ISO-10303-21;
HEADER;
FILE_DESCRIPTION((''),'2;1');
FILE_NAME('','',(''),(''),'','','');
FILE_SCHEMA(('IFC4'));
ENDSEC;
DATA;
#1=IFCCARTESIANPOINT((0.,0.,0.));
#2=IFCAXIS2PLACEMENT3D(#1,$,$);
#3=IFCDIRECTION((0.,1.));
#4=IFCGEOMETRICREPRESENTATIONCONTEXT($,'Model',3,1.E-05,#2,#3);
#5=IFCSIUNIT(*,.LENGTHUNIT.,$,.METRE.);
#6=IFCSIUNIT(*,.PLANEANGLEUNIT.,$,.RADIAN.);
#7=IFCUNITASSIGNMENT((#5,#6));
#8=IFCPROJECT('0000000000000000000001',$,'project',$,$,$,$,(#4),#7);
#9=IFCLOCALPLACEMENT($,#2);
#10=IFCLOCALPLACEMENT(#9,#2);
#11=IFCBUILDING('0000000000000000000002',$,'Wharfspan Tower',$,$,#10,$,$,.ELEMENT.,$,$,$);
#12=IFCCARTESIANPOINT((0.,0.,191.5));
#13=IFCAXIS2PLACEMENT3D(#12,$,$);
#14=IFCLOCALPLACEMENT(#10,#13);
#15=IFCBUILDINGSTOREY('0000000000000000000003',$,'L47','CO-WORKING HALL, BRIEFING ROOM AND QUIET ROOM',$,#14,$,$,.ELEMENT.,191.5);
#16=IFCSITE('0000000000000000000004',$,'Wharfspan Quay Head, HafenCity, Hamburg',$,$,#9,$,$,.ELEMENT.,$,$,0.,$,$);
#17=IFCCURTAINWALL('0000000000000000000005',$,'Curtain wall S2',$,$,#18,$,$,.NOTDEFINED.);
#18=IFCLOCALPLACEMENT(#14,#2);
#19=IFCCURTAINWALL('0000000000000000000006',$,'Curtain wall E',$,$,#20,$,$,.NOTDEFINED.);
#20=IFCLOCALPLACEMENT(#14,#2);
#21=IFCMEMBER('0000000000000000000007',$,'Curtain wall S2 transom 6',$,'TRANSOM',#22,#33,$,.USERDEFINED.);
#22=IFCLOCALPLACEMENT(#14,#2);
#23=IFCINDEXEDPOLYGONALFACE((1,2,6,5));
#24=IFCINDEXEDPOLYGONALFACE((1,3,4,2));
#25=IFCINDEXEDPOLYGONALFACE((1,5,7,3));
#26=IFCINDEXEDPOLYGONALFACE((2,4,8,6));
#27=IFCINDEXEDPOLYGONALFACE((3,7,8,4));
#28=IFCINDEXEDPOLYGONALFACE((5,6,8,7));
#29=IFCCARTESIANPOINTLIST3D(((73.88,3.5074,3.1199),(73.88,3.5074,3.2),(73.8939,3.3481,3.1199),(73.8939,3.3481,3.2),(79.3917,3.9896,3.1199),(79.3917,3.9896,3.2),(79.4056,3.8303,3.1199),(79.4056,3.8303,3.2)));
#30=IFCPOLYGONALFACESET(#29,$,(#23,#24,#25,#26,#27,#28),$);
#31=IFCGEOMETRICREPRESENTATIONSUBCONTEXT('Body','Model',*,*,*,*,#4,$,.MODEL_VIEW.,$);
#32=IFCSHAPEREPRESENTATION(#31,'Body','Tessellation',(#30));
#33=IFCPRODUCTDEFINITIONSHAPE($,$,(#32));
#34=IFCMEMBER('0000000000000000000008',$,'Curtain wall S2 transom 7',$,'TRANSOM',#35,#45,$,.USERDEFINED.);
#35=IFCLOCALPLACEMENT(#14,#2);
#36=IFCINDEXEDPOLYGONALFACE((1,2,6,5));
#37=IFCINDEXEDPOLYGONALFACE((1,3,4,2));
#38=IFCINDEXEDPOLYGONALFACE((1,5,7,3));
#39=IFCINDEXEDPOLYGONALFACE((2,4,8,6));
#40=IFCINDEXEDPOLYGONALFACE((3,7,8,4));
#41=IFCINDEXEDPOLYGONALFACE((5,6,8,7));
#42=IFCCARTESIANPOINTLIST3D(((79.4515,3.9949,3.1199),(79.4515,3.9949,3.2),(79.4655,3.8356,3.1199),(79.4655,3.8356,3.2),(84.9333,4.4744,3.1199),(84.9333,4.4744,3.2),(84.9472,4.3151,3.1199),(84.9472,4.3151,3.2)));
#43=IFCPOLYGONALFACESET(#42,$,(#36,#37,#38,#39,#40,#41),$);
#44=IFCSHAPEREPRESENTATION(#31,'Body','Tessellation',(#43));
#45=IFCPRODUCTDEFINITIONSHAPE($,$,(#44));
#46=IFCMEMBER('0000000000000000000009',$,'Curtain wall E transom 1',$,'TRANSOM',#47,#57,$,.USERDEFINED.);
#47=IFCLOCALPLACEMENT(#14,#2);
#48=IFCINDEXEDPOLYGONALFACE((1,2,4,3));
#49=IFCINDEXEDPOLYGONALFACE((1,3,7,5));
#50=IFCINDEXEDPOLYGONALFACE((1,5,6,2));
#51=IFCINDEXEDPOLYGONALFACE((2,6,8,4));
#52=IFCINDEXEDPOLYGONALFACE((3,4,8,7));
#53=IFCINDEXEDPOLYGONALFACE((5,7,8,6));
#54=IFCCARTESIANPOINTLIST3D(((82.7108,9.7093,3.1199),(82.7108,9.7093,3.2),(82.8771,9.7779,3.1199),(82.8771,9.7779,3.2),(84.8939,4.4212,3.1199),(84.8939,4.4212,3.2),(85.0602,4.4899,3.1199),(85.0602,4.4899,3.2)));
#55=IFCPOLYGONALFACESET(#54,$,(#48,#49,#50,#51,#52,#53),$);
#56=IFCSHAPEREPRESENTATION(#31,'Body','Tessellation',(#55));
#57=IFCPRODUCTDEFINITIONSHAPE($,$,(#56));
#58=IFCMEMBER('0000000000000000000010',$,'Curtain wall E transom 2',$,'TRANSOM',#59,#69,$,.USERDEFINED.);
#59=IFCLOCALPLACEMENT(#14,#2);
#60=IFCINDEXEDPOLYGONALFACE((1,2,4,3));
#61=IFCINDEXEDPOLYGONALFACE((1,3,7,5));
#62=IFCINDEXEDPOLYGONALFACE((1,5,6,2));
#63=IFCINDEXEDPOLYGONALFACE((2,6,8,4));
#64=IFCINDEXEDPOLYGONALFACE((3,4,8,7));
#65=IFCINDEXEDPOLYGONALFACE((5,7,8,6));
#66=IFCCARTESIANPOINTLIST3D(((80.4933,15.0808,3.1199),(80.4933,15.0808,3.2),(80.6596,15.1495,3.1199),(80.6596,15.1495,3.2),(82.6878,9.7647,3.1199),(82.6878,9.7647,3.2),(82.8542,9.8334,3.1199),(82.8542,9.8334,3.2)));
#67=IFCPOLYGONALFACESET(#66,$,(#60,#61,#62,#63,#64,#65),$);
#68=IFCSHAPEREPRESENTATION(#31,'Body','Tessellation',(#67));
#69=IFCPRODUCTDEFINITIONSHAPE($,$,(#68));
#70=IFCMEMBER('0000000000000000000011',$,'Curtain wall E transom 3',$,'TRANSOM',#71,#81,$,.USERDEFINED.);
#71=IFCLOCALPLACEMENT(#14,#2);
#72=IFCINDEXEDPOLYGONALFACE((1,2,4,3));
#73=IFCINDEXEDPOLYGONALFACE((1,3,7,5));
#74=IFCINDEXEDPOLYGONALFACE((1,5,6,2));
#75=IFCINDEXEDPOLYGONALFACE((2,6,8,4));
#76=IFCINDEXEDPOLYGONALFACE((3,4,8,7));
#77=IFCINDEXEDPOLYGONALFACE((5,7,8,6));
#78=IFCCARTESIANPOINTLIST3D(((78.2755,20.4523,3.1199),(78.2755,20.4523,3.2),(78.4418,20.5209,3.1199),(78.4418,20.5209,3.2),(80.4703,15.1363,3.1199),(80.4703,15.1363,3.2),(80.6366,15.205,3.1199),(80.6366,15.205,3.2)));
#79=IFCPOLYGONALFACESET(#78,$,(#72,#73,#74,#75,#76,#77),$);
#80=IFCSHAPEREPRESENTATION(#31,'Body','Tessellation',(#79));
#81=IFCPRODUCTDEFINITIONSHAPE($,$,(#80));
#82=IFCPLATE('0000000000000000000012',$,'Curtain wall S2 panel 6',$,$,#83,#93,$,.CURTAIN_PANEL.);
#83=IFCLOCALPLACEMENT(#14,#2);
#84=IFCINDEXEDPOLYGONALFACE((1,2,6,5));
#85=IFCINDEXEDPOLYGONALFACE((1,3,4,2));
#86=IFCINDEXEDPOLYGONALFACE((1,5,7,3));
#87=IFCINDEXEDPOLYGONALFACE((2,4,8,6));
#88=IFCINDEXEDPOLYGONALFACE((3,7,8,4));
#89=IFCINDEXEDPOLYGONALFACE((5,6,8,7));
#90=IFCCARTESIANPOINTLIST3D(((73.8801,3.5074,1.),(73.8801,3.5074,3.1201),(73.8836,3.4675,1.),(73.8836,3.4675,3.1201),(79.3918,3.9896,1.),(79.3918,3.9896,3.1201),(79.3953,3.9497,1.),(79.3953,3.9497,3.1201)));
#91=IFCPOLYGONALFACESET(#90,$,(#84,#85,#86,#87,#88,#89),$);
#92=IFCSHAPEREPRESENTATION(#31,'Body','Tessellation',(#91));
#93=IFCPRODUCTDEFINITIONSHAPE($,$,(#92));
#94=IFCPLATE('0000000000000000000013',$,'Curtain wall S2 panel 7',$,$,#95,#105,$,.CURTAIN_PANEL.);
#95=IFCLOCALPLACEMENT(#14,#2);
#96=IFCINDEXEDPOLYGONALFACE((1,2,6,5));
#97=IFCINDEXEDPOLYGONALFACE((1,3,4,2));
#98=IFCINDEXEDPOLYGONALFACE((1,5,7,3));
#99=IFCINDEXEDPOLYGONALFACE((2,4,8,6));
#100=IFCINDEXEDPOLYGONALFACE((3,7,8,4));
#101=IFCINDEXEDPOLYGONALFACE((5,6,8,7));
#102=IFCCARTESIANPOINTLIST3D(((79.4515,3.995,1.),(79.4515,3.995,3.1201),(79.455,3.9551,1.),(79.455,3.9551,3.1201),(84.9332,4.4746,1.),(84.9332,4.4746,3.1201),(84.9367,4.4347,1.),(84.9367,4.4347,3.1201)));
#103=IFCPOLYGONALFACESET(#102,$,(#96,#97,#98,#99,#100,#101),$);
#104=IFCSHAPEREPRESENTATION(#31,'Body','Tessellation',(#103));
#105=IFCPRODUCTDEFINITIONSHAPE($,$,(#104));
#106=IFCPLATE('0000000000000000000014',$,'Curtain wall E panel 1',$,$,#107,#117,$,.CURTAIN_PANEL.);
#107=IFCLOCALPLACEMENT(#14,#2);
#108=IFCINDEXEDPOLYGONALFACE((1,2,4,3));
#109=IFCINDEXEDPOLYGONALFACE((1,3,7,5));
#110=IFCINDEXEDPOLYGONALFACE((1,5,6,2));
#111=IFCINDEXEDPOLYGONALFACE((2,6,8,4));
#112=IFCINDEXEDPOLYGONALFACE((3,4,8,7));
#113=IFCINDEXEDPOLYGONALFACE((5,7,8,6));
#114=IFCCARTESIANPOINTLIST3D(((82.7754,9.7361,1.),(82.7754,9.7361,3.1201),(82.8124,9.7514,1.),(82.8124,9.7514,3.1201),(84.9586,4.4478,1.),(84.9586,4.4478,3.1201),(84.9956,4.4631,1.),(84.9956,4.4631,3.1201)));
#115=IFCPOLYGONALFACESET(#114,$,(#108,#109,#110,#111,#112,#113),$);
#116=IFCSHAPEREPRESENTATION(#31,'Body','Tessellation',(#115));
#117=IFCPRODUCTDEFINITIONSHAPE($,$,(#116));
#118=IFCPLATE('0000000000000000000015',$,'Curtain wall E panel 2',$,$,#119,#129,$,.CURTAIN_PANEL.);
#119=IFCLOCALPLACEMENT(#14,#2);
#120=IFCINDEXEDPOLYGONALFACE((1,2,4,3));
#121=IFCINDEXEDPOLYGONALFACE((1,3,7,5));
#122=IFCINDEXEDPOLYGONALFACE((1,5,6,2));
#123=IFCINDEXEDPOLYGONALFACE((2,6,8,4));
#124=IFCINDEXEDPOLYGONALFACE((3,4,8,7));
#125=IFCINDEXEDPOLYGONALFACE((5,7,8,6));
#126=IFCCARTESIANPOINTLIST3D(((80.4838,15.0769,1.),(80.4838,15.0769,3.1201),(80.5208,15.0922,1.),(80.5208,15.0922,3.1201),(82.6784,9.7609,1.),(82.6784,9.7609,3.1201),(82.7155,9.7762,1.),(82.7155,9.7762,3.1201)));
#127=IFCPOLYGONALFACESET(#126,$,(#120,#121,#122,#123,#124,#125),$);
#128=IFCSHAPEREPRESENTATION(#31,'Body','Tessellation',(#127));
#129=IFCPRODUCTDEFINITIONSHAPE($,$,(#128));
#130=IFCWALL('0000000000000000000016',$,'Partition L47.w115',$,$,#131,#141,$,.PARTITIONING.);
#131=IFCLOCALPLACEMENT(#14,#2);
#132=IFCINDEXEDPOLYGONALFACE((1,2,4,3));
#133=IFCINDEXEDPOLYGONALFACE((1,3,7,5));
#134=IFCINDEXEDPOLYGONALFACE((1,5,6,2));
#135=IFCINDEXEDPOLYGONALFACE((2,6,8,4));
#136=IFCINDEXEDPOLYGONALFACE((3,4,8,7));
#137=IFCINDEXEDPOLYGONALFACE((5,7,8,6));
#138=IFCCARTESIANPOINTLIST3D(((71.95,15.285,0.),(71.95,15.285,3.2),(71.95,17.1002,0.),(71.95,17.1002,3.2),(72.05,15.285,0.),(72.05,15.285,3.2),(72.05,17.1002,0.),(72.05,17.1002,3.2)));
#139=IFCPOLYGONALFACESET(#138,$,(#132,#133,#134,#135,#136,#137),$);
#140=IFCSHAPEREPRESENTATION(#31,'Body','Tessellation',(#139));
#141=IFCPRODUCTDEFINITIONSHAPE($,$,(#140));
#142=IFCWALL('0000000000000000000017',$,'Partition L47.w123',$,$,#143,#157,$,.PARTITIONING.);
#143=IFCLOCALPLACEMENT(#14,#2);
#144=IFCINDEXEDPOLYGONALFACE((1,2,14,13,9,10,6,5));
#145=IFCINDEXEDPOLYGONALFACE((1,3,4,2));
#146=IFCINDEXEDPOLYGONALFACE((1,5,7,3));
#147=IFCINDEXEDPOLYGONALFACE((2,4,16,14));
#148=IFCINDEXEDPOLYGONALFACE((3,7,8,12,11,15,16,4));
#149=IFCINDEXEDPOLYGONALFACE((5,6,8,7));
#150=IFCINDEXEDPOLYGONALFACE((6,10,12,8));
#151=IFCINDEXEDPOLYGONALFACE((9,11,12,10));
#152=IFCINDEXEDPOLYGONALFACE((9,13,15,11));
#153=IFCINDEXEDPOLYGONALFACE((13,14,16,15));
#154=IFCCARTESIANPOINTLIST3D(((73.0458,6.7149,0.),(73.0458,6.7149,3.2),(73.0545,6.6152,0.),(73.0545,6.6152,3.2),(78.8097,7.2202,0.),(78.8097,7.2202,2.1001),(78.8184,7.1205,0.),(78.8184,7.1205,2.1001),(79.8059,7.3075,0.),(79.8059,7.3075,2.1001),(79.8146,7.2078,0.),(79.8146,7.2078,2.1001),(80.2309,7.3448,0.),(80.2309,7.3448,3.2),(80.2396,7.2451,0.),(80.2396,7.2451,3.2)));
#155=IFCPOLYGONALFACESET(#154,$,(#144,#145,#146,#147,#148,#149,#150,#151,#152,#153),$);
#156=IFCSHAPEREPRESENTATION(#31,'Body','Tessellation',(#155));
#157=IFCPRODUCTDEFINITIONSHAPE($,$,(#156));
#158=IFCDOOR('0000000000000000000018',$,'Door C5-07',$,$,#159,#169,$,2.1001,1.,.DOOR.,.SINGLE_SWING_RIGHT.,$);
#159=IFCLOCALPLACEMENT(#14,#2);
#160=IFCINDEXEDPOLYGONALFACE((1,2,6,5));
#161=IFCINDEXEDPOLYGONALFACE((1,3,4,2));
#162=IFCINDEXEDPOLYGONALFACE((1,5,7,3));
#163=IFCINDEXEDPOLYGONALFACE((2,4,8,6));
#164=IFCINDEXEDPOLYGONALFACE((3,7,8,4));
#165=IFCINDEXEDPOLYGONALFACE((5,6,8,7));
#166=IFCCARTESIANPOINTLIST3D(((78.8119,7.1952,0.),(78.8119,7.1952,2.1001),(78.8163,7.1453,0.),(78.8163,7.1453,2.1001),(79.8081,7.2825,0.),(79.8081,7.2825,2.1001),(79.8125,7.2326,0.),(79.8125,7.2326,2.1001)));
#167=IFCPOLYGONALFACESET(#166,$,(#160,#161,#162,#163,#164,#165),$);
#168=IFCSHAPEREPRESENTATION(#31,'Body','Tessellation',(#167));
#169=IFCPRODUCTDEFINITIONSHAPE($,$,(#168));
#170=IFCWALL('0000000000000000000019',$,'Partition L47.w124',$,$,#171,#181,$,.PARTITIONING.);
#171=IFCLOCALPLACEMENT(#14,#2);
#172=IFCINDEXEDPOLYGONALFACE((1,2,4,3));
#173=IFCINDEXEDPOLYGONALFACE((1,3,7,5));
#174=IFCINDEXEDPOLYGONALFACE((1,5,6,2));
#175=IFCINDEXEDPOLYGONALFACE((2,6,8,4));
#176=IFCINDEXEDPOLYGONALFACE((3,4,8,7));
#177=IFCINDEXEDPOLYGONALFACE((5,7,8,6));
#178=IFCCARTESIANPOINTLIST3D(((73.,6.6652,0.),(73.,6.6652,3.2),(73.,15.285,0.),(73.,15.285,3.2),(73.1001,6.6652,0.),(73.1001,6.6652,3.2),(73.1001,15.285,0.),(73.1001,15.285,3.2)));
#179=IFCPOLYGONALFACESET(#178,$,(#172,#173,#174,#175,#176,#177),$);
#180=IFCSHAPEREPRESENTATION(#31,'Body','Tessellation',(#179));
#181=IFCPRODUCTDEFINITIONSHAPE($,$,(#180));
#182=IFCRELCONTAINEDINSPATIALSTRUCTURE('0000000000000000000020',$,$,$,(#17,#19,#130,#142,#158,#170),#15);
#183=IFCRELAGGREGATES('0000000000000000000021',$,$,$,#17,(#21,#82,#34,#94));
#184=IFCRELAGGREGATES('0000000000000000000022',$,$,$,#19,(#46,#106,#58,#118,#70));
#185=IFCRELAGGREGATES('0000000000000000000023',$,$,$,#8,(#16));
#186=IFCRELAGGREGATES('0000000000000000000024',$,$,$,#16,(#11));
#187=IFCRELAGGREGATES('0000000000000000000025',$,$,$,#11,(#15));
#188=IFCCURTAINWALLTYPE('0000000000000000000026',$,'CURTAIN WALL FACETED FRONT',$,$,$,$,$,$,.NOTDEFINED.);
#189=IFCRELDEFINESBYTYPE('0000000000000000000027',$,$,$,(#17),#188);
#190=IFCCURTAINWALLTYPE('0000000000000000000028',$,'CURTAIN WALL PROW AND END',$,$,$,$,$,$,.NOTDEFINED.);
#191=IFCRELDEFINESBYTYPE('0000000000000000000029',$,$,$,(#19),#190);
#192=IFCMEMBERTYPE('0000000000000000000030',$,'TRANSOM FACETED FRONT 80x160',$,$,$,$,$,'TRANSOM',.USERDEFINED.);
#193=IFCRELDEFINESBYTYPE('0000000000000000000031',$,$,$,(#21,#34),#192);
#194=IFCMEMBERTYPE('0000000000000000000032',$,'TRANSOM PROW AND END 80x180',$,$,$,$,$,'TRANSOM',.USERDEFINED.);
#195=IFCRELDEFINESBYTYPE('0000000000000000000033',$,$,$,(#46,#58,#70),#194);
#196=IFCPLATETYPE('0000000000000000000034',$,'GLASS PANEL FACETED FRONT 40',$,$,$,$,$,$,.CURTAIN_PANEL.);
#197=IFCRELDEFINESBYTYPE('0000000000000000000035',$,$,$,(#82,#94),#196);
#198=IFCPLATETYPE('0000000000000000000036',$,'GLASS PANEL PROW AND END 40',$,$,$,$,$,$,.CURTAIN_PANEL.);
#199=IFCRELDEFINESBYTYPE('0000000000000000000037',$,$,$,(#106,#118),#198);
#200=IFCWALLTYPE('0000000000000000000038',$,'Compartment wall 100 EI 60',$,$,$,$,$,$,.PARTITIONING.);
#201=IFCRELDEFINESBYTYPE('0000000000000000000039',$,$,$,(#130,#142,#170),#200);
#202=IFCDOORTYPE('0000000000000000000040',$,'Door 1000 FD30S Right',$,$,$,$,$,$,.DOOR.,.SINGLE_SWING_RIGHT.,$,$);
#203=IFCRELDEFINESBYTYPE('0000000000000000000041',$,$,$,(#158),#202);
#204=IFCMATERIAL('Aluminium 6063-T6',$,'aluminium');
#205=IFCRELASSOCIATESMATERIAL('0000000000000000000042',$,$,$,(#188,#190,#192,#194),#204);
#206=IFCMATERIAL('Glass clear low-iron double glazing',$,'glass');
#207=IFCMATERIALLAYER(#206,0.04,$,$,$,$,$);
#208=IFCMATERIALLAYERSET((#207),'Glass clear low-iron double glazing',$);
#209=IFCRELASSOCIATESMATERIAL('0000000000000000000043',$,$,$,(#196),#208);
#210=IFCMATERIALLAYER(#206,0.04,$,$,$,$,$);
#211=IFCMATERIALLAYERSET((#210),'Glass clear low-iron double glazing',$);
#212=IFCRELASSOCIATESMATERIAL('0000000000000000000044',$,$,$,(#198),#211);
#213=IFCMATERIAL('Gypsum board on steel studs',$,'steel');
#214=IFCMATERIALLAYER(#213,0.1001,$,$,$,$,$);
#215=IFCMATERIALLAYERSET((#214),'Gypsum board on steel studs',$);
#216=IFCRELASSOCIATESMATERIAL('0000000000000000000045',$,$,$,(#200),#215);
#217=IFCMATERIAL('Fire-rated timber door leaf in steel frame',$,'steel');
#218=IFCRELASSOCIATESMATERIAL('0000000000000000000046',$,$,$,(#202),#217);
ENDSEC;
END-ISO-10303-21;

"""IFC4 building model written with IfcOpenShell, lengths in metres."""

from ifc_helpers import new_model, si_unit, direction, frame, frame_2d, origin, origin_2d, place, context, subcontext, project, spatial, rectangle, extrude, material, layer, layer_set, material_profile, profile_set, type_object, element, fill, aggregate, save


model = new_model("IFC4")

# Units and contexts
model_context = context("Model", 3, precision=1e-05, world=origin(), true_north=direction((0.0, 1.0)))
body_context = subcontext(model_context, "Body", "Model", "MODEL_VIEW")
ifc_project = project(units=[si_unit("LENGTHUNIT", "METRE"), si_unit("PLANEANGLEUNIT", "RADIAN")], contexts=[model_context])

# Site, building, storey
site_placement = place(None, origin())
site = spatial("IfcSite", under=ifc_project, at=site_placement, Name="Wharfspan Quay Head, HafenCity, Hamburg", CompositionType="ELEMENT", RefElevation=0.0)
building_placement = place(site_placement, origin())
building = spatial("IfcBuilding", under=site, at=building_placement, Name="Wharfspan Tower", CompositionType="ELEMENT")
storey_placement = place(building_placement, frame((0.0, 0.0, 191.5)))
storey = spatial("IfcBuildingStorey", under=building, at=storey_placement, Name="L47", Description="CO-WORKING HALL, BRIEFING ROOM AND QUIET ROOM", CompositionType="ELEMENT", Elevation=191.5)

# Curtain walls
ifc_material_1 = material(Name="Aluminium 6063-T6", Category="aluminium")
curtain_wall_type_1 = type_object("IfcCurtainWallType", Name="CURTAIN WALL FACETED FRONT", PredefinedType="NOTDEFINED", material=ifc_material_1)
curtain_wall_1_placement = place(storey_placement, origin())
curtain_wall_1 = element("IfcCurtainWall", 1, at=curtain_wall_1_placement, inside=storey, type_object=curtain_wall_type_1, Name="Curtain wall S2", PredefinedType="NOTDEFINED")
curtain_wall_type_2 = type_object("IfcCurtainWallType", Name="CURTAIN WALL PROW AND END", PredefinedType="NOTDEFINED", material=ifc_material_1)
curtain_wall_2_placement = place(storey_placement, origin())
curtain_wall_2 = element("IfcCurtainWall", 2, at=curtain_wall_2_placement, inside=storey, type_object=curtain_wall_type_2, Name="Curtain wall E", PredefinedType="NOTDEFINED")

# Members
ifc_material_profile_1 = material_profile(ifc_material_1, rectangle(XDim=0.1599, YDim=0.0801, at=origin_2d()))
ifc_profile_set_1 = profile_set([ifc_material_profile_1], Name="Aluminium 6063-T6")
member_type_1 = type_object("IfcMemberType", Name="TRANSOM FACETED FRONT 80x160", ElementType="TRANSOM", PredefinedType="USERDEFINED", material=ifc_profile_set_1)
member_1_placement = place(storey_placement, frame((73.887, 3.4277, 3.1599), z_axis=(0.996195, 0.087149, 0.0), x_axis=(-0.087149, 0.996195, 0.0)))
member_1 = element("IfcMember", 3, at=member_1_placement, type_object=member_type_1, Name="Curtain wall S2 transom 6", ObjectType="TRANSOM", PredefinedType="USERDEFINED", context=body_context, shape_type="SweptSolid", body=[
    extrude(rectangle(XDim=0.1599, YDim=0.0801, at=origin_2d()), origin(), (0.0, 0.0, 1.0), 5.5327),
])
member_2_placement = place(storey_placement, frame((79.4585, 3.9153, 3.1599), z_axis=(0.996196, 0.087139, 0.0), x_axis=(-0.087139, 0.996196, 0.0)))
member_2 = element("IfcMember", 4, at=member_2_placement, type_object=member_type_1, Name="Curtain wall S2 transom 7", ObjectType="TRANSOM", PredefinedType="USERDEFINED", context=body_context, shape_type="SweptSolid", body=[
    extrude(rectangle(XDim=0.1599, YDim=0.0801, at=origin_2d()), origin(), (0.0, 0.0, 1.0), 5.5027),
])
ifc_material_profile_2 = material_profile(ifc_material_1, rectangle(XDim=0.1799, YDim=0.0801, at=origin_2d()))
ifc_profile_set_2 = profile_set([ifc_material_profile_2], Name="Aluminium 6063-T6")
member_type_2 = type_object("IfcMemberType", Name="TRANSOM PROW AND END 80x180", ElementType="TRANSOM", PredefinedType="USERDEFINED", material=ifc_profile_set_2)
member_3_placement = place(storey_placement, frame((84.9771, 4.4556, 3.1599), z_axis=(-0.381595, 0.924329, 0.0), x_axis=(-0.924329, -0.381595, 0.0)))
member_3 = element("IfcMember", 5, at=member_3_placement, type_object=member_type_2, Name="Curtain wall E transom 1", ObjectType="TRANSOM", PredefinedType="USERDEFINED", context=body_context, shape_type="SweptSolid", body=[
    extrude(rectangle(XDim=0.1799, YDim=0.0801, at=origin_2d()), origin(), (0.0, 0.0, 1.0), 5.7209),
])
member_4_placement = place(storey_placement, frame((82.771, 9.7991, 3.1599), z_axis=(-0.381578, 0.924337, 0.0), x_axis=(-0.924337, -0.381578, 0.0)))
member_4 = element("IfcMember", 6, at=member_4_placement, type_object=member_type_2, Name="Curtain wall E transom 2", ObjectType="TRANSOM", PredefinedType="USERDEFINED", context=body_context, shape_type="SweptSolid", body=[
    extrude(rectangle(XDim=0.1799, YDim=0.0801, at=origin_2d()), origin(), (0.0, 0.0, 1.0), 5.7512),
])
member_5_placement = place(storey_placement, frame((80.5535, 15.1707, 3.1599), z_axis=(-0.381629, 0.924315, 0.0), x_axis=(-0.924315, -0.381629, 0.0)))
member_5 = element("IfcMember", 7, at=member_5_placement, type_object=member_type_2, Name="Curtain wall E transom 3", ObjectType="TRANSOM", PredefinedType="USERDEFINED", context=body_context, shape_type="SweptSolid", body=[
    extrude(rectangle(XDim=0.1799, YDim=0.0801, at=origin_2d()), origin(), (0.0, 0.0, 1.0), 5.7512),
])

# Plates
ifc_material_2 = material(Name="Glass clear low-iron double glazing", Category="glass")
ifc_layer_1 = layer(ifc_material_2, 0.04)
ifc_layer_set_1 = layer_set([ifc_layer_1], Name="Glass clear low-iron double glazing")
plate_type_1 = type_object("IfcPlateType", Name="GLASS PANEL FACETED FRONT 40", PredefinedType="CURTAIN_PANEL", material=ifc_layer_set_1)
plate_1_placement = place(storey_placement, frame((76.6377, 3.7285, 1.0), z_axis=(0.0, 0.0, 1.0), x_axis=(0.996198, 0.087156, 0.0)))
plate_1 = element("IfcPlate", 8, at=plate_1_placement, type_object=plate_type_1, Name="Curtain wall S2 panel 6", PredefinedType="CURTAIN_PANEL", context=body_context, shape_type="SweptSolid", body=[
    extrude(rectangle(XDim=5.5327, YDim=0.04, at=origin_2d()), origin(), (0.0, 0.0, 1.0), 2.1201),
])
plate_2_placement = place(storey_placement, frame((82.1941, 4.2148, 1.0), z_axis=(0.0, 0.0, 1.0), x_axis=(0.996198, 0.087156, 0.0)))
plate_2 = element("IfcPlate", 9, at=plate_2_placement, type_object=plate_type_1, Name="Curtain wall S2 panel 7", PredefinedType="CURTAIN_PANEL", context=body_context, shape_type="SweptSolid", body=[
    extrude(rectangle(XDim=5.5027, YDim=0.04, at=origin_2d()), origin(), (0.0, 0.0, 1.0), 2.1201),
])
aggregate(curtain_wall_1, [member_1, plate_1, member_2, plate_2])
ifc_layer_2 = layer(ifc_material_2, 0.04)
ifc_layer_set_2 = layer_set([ifc_layer_2], Name="Glass clear low-iron double glazing")
plate_type_2 = type_object("IfcPlateType", Name="GLASS PANEL PROW AND END 40", PredefinedType="CURTAIN_PANEL", material=ifc_layer_set_2)
plate_3_placement = place(storey_placement, frame((83.8855, 7.0996, 1.0), z_axis=(0.0, 0.0, 1.0), x_axis=(-0.381602, 0.924325, 0.0)))
plate_3 = element("IfcPlate", 10, at=plate_3_placement, type_object=plate_type_2, Name="Curtain wall E panel 1", PredefinedType="CURTAIN_PANEL", context=body_context, shape_type="SweptSolid", body=[
    extrude(rectangle(XDim=5.7212, YDim=0.04, at=origin_2d()), origin(), (0.0, 0.0, 1.0), 2.1201),
])
plate_4_placement = place(storey_placement, frame((81.5996, 12.4265, 1.0), z_axis=(0.0, 0.0, 1.0), x_axis=(-0.381602, 0.924325, 0.0)))
plate_4 = element("IfcPlate", 11, at=plate_4_placement, type_object=plate_type_2, Name="Curtain wall E panel 2", PredefinedType="CURTAIN_PANEL", context=body_context, shape_type="SweptSolid", body=[
    extrude(rectangle(XDim=5.7512, YDim=0.04, at=origin_2d()), origin(), (0.0, 0.0, 1.0), 2.1201),
])
aggregate(curtain_wall_2, [member_3, plate_3, member_4, plate_4, member_5])

# Wall
ifc_material_3 = material(Name="Gypsum board on steel studs", Category="steel")
ifc_layer_3 = layer(ifc_material_3, 0.1001)
ifc_layer_set_3 = layer_set([ifc_layer_3], Name="Gypsum board on steel studs")
wall_type_1 = type_object("IfcWallType", Name="Compartment wall 100 EI 60", PredefinedType="PARTITIONING", material=ifc_layer_set_3)
wall_1_placement = place(storey_placement, frame((72.0, 15.2849, 0.0), z_axis=(0.0, 0.0, 1.0), x_axis=(0.0, 1.0, 0.0)))
element("IfcWall", 12, at=wall_1_placement, inside=storey, type_object=wall_type_1, Name="Partition L47.w115", PredefinedType="PARTITIONING", context=body_context, shape_type="SweptSolid", body=[
    extrude(rectangle(XDim=1.8152, YDim=0.1001, at=frame_2d((0.9077, 0.0))), origin(), (0.0, 0.0, 1.0), 3.2),
])

# Wall, opening, door
wall_2_placement = place(storey_placement, frame((73.05, 6.665, 0.0), z_axis=(0.0, 0.0, 1.0), x_axis=(0.996183, 0.087331, 0.0)))
wall_2 = element("IfcWall", 13, at=wall_2_placement, inside=storey, type_object=wall_type_1, Name="Partition L47.w123", PredefinedType="PARTITIONING", context=body_context, shape_type="SweptSolid", body=[
    extrude(rectangle(XDim=7.2126, YDim=0.1001, at=frame_2d((3.6064, 0.0))), origin(), (0.0, 0.0, 1.0), 3.2),
])
opening_1_placement = place(wall_2_placement, frame((5.7861, 0.0, 0.0)))
opening_1 = element("IfcOpeningElement", 14, at=opening_1_placement, cuts=wall_2, PredefinedType="OPENING", context=body_context, shape_type="SweptSolid", body=[
    extrude(rectangle(XDim=1.0, YDim=2.1001, at=frame_2d((0.5, 1.05))), frame((0.0, 0.0601, 0.0), z_axis=(0.0, -1.0, 0.0), x_axis=(1.0, 0.0, 0.0)), (0.0, 0.0, 1.0), 0.1201),
])
ifc_material_4 = material(Name="Fire-rated timber door leaf in steel frame", Category="steel")
door_type_1 = type_object("IfcDoorType", Name="Door 1000 FD30S Right", OperationType="SINGLE_SWING_RIGHT", PredefinedType="DOOR", material=ifc_material_4)
door_1_placement = place(opening_1_placement, origin())
door_1 = element("IfcDoor", 15, at=door_1_placement, inside=storey, type_object=door_type_1, Name="Door C5-07", OperationType="SINGLE_SWING_RIGHT", OverallHeight=2.1001, OverallWidth=1.0, PredefinedType="DOOR", context=body_context, shape_type="SweptSolid", body=[
    extrude(rectangle(XDim=1.0, YDim=2.1001, at=frame_2d((0.5, 1.05))), frame((0.0, 0.0249, 0.0), z_axis=(0.0, -1.0, 0.0), x_axis=(1.0, 0.0, 0.0)), (0.0, 0.0, 1.0), 0.05),
])
fill(opening_1, door_1)

# Wall
wall_3_placement = place(storey_placement, frame((73.05, 6.665, 0.0), z_axis=(0.0, 0.0, 1.0), x_axis=(0.0, 1.0, 0.0)))
element("IfcWall", 16, at=wall_3_placement, inside=storey, type_object=wall_type_1, Name="Partition L47.w124", PredefinedType="PARTITIONING", context=body_context, shape_type="SweptSolid", body=[
    extrude(rectangle(XDim=8.6199, YDim=0.1001, at=frame_2d((4.3101, 0.0))), origin(), (0.0, 0.0, 1.0), 3.2),
])

save(model, "model.ifc")
